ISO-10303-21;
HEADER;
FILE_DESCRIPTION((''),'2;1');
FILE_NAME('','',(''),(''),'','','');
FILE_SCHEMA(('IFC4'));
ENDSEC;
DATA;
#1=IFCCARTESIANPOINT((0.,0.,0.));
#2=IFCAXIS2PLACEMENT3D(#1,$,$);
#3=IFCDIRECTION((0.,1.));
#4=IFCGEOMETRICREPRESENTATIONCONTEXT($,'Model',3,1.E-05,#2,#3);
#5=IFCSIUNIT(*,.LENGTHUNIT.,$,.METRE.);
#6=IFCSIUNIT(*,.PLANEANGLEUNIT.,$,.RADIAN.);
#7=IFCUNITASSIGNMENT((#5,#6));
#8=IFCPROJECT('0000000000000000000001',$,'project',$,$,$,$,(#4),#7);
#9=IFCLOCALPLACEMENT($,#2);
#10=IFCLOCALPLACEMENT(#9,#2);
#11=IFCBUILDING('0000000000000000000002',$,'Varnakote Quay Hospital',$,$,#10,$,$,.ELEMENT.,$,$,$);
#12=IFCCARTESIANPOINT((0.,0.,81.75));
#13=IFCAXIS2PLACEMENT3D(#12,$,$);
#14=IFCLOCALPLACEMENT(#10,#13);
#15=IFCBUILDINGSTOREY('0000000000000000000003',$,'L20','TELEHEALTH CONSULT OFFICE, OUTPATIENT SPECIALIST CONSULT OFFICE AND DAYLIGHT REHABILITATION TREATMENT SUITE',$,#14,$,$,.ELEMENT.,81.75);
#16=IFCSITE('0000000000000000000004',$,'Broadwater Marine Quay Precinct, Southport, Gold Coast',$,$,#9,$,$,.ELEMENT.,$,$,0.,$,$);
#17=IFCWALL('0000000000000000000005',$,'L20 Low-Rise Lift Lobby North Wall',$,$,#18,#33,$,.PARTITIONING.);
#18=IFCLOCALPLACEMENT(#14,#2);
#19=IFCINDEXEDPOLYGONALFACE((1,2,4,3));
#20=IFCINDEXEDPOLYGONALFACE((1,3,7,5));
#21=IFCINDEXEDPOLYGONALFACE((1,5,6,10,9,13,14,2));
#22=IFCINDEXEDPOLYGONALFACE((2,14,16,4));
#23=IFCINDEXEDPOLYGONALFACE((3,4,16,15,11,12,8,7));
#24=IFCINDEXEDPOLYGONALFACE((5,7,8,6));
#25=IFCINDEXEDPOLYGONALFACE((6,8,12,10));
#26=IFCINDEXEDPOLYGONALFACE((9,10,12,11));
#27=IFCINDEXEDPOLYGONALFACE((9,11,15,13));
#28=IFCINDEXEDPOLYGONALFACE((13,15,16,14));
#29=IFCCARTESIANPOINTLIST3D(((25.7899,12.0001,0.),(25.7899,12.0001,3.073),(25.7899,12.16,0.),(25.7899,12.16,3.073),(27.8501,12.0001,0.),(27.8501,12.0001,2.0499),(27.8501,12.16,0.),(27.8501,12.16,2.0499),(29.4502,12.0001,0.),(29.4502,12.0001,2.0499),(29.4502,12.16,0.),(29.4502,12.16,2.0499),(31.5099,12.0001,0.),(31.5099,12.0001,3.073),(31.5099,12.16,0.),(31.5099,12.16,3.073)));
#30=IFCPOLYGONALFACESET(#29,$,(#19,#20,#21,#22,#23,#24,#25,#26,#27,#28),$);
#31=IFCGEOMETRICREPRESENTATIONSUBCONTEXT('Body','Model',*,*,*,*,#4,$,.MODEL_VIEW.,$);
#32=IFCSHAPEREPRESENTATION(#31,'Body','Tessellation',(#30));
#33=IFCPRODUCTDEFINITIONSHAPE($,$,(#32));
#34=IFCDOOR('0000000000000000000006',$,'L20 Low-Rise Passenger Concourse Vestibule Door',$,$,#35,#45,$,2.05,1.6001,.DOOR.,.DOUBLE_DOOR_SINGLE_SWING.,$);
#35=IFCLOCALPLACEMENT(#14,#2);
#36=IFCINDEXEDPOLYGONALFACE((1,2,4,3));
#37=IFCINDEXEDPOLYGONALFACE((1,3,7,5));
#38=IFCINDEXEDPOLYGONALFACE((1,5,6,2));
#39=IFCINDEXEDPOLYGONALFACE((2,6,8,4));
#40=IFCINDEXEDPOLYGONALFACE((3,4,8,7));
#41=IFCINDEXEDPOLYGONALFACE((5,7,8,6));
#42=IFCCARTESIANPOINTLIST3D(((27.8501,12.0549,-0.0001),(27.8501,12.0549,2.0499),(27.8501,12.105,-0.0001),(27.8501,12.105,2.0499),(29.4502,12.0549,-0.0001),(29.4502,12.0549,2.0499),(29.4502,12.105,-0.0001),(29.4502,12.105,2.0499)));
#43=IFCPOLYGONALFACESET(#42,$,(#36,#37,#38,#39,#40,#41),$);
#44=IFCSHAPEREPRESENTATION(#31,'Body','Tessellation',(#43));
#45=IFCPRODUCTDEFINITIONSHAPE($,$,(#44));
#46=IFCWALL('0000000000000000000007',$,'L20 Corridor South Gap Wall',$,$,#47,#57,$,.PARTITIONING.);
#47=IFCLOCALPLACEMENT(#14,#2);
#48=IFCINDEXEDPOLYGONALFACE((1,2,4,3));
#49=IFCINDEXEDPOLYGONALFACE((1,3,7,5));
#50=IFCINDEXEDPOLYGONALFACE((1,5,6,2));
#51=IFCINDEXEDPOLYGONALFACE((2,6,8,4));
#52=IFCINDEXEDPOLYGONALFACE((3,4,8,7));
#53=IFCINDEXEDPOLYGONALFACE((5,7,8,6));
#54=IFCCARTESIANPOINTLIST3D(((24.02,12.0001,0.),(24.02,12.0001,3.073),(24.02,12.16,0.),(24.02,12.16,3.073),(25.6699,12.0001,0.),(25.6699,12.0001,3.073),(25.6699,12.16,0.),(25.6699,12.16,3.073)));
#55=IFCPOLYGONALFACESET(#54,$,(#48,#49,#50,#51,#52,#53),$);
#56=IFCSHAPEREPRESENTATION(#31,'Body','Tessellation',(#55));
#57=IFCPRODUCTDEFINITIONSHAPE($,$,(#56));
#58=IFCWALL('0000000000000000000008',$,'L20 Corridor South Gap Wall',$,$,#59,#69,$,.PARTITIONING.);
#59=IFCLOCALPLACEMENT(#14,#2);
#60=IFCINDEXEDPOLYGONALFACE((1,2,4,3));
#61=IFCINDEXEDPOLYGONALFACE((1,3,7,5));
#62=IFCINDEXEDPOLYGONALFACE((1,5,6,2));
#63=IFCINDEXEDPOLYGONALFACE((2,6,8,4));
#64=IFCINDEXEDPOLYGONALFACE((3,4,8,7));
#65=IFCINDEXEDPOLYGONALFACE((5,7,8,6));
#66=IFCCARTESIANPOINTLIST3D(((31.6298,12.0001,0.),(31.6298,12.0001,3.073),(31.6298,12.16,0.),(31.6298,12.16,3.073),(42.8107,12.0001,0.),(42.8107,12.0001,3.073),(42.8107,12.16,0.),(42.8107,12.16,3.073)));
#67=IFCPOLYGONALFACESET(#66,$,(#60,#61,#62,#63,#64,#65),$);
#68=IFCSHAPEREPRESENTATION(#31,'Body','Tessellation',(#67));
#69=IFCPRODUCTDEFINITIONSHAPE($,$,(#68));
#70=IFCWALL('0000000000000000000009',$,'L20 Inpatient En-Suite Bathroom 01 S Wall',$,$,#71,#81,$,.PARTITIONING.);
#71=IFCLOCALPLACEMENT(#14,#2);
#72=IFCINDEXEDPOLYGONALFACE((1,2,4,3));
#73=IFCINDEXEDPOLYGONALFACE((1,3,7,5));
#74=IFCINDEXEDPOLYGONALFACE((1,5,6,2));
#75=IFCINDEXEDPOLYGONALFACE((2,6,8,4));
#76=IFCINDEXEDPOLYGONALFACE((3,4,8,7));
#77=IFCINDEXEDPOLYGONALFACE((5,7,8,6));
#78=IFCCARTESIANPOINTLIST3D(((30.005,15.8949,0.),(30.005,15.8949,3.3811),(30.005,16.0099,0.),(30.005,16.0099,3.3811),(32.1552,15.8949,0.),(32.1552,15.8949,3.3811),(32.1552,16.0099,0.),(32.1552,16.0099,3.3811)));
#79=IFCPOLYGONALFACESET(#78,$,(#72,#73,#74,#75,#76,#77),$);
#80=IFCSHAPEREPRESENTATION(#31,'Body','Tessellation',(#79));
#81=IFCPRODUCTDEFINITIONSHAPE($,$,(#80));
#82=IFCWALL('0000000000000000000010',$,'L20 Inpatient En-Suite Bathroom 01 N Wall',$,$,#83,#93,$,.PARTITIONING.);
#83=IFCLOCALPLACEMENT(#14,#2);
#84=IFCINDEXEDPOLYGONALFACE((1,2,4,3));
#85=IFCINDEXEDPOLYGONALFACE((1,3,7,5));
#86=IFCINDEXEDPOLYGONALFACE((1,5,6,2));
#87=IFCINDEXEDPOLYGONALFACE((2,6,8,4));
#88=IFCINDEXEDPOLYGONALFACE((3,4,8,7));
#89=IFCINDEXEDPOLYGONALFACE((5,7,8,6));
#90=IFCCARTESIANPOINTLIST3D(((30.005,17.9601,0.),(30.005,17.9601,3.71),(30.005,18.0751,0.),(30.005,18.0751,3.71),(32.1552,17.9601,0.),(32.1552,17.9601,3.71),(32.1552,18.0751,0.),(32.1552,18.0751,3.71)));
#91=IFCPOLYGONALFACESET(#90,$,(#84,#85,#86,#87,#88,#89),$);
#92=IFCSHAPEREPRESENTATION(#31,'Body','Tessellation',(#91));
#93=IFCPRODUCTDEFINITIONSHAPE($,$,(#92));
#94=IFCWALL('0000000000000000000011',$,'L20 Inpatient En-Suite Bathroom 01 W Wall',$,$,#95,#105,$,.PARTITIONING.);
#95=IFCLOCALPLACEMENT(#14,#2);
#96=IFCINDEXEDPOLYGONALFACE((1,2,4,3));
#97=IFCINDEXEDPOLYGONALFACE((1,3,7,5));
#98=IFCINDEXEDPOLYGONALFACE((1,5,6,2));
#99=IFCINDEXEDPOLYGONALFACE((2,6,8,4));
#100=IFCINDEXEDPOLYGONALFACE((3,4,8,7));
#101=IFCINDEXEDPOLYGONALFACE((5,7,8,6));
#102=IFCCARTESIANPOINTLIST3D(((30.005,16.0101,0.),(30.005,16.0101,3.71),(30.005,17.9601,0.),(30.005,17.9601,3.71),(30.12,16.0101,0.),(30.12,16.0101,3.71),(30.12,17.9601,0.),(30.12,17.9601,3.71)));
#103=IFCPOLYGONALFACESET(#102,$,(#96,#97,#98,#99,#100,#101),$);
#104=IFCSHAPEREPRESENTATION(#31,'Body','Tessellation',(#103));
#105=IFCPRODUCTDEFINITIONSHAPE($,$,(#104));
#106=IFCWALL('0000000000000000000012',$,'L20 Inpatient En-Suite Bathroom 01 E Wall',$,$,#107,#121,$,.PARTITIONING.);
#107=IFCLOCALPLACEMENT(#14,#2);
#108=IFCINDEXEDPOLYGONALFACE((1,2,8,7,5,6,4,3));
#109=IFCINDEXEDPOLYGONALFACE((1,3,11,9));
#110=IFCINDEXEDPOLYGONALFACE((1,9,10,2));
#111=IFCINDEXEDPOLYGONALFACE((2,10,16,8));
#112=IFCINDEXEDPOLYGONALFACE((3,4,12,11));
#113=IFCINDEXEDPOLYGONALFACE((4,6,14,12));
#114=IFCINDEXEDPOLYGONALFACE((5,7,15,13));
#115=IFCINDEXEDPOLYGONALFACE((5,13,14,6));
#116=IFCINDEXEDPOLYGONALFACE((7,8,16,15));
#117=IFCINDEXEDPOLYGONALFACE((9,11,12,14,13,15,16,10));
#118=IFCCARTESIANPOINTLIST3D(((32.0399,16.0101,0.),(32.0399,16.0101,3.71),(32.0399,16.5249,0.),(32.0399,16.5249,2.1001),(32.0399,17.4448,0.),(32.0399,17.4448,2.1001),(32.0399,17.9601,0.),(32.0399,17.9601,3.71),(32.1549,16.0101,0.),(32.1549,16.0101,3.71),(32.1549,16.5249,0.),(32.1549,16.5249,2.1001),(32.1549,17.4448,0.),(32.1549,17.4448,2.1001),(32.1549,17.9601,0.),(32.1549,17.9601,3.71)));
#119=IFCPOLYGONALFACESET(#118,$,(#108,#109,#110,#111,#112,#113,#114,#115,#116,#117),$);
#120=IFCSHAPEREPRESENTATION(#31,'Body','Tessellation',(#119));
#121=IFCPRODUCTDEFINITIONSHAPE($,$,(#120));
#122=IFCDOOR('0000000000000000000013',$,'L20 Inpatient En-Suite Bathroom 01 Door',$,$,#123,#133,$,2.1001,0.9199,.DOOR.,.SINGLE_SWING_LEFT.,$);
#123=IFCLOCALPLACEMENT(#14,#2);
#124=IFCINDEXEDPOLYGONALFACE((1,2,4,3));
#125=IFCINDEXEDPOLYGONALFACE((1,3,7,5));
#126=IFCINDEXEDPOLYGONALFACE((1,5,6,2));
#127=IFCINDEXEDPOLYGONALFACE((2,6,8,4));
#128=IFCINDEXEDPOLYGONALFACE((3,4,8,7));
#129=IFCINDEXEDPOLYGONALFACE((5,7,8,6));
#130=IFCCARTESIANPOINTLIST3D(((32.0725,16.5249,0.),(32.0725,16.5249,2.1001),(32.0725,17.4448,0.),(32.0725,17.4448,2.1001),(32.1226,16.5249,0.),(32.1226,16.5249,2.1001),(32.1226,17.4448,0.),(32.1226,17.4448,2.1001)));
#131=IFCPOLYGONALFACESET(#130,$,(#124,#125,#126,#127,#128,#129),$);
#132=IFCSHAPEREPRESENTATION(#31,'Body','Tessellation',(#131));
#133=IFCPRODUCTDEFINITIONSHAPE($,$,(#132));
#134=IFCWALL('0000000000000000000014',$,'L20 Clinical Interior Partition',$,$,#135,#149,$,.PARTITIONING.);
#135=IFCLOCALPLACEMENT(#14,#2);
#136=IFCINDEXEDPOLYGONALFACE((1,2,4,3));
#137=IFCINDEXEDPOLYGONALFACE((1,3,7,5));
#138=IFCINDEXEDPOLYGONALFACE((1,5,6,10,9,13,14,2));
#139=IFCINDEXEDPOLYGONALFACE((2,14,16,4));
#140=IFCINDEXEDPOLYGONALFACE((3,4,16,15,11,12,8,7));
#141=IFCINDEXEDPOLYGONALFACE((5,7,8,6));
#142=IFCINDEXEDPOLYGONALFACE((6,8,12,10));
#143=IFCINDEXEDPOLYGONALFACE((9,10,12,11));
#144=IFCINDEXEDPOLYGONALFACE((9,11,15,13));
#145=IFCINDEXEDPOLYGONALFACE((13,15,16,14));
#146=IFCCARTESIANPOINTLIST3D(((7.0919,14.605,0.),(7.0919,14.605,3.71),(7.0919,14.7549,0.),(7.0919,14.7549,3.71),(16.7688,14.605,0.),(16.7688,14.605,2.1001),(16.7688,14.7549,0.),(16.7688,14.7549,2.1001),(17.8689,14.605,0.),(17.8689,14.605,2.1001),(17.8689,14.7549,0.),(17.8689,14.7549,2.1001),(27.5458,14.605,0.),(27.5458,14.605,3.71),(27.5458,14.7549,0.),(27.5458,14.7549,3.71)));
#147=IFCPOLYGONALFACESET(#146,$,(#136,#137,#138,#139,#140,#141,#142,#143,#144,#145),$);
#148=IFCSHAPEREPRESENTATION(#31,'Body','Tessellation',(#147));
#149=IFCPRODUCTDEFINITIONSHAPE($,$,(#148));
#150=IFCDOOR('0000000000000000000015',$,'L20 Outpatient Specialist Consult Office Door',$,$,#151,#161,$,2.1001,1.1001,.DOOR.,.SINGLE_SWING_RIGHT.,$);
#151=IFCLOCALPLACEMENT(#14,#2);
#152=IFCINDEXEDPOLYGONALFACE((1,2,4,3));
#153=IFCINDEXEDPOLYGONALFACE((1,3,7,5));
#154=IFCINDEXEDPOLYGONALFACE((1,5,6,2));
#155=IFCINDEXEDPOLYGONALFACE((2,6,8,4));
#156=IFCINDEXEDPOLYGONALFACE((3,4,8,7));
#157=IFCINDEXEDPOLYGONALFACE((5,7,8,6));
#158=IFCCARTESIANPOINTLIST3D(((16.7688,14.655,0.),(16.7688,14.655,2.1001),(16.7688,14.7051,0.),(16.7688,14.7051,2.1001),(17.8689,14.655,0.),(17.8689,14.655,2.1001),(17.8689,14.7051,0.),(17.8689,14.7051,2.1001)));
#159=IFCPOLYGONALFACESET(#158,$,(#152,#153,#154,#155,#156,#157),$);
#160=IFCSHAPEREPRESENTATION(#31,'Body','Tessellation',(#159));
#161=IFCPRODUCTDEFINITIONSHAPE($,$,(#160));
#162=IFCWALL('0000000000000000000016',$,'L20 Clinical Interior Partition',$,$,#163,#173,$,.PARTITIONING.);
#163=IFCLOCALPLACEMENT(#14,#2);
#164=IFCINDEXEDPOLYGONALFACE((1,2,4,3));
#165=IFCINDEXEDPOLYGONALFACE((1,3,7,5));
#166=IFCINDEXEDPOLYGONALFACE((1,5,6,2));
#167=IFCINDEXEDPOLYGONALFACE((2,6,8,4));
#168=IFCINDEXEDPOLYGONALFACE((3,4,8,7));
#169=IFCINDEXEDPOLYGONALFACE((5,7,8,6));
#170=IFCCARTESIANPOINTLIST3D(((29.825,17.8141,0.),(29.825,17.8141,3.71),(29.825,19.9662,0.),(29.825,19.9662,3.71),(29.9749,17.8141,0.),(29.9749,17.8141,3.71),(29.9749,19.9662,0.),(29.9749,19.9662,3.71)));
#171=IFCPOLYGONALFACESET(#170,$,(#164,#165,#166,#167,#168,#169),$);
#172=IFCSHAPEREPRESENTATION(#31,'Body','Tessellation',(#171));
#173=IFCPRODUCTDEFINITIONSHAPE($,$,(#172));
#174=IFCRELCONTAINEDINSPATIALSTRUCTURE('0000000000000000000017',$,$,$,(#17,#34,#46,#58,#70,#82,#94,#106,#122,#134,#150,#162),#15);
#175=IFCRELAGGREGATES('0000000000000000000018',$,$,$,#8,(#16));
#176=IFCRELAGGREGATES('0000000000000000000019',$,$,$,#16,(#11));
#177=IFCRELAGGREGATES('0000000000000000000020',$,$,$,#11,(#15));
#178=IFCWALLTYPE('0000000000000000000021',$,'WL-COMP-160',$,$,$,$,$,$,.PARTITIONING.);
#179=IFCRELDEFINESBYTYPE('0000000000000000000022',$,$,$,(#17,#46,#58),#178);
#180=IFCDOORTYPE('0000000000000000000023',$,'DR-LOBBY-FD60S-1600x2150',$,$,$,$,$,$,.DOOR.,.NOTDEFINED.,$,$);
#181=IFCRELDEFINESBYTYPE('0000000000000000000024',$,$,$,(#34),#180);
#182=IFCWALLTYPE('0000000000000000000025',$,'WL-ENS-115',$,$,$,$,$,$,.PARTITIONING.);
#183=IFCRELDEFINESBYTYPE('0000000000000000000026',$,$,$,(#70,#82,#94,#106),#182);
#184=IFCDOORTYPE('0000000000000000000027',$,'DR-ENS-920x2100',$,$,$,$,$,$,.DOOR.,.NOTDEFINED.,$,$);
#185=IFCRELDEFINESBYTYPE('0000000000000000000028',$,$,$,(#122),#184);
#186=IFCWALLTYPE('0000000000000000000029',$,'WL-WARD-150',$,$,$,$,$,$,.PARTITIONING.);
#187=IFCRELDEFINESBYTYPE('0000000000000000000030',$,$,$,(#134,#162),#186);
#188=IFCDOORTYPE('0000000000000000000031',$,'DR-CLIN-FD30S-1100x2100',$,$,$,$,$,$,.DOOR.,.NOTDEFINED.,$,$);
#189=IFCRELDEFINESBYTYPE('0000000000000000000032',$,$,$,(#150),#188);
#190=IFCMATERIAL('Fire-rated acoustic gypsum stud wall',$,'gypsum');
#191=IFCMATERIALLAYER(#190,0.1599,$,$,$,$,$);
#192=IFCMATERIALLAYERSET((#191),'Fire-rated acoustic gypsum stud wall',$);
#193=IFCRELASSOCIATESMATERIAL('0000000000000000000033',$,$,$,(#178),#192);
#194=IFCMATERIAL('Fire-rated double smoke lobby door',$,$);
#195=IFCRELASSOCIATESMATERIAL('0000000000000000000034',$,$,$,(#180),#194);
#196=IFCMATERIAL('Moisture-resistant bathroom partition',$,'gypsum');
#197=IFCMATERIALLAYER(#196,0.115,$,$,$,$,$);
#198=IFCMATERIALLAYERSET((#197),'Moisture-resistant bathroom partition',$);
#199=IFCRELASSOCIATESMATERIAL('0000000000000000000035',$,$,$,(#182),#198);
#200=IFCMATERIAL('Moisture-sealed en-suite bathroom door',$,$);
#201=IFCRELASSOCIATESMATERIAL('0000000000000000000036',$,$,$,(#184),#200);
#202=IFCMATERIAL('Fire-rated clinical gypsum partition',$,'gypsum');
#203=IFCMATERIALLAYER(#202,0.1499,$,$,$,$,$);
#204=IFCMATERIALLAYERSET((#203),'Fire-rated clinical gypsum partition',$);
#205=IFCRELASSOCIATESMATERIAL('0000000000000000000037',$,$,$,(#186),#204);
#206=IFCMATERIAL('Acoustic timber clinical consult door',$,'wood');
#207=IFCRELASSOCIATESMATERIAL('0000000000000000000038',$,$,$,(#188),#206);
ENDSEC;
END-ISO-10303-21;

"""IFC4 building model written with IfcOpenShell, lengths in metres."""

from ifc_helpers import new_model, si_unit, direction, frame, frame_2d, origin, place, context, subcontext, project, spatial, rectangle, extrude, material, layer, layer_set, type_object, element, fill, save


model = new_model("IFC4")

# Units and contexts
model_context = context("Model", 3, precision=1e-05, world=origin(), true_north=direction((0.0, 1.0)))
body_context = subcontext(model_context, "Body", "Model", "MODEL_VIEW")
ifc_project = project(units=[si_unit("LENGTHUNIT", "METRE"), si_unit("PLANEANGLEUNIT", "RADIAN")], contexts=[model_context])

# Site, building, storey
site_placement = place(None, origin())
site = spatial("IfcSite", under=ifc_project, at=site_placement, Name="Broadwater Marine Quay Precinct, Southport, Gold Coast", CompositionType="ELEMENT", RefElevation=0.0)
building_placement = place(site_placement, origin())
building = spatial("IfcBuilding", under=site, at=building_placement, Name="Varnakote Quay Hospital", CompositionType="ELEMENT")
storey_placement = place(building_placement, frame((0.0, 0.0, 81.75)))
storey = spatial("IfcBuildingStorey", under=building, at=storey_placement, Name="L20", Description="TELEHEALTH CONSULT OFFICE, OUTPATIENT SPECIALIST CONSULT OFFICE AND DAYLIGHT REHABILITATION TREATMENT SUITE", CompositionType="ELEMENT", Elevation=81.75)

# Wall, opening, door
ifc_material_1 = material(Name="Fire-rated acoustic gypsum stud wall", Category="gypsum")
ifc_layer_1 = layer(ifc_material_1, 0.1599)
ifc_layer_set_1 = layer_set([ifc_layer_1], Name="Fire-rated acoustic gypsum stud wall")
wall_type_1 = type_object("IfcWallType", Name="WL-COMP-160", PredefinedType="PARTITIONING", material=ifc_layer_set_1)
ifc_material_2 = material(Name="Fire-rated double smoke lobby door")
door_type_1 = type_object("IfcDoorType", Name="DR-LOBBY-FD60S-1600x2150", OperationType="NOTDEFINED", PredefinedType="DOOR", material=ifc_material_2)
wall_1_placement = place(storey_placement, frame((25.79, 12.0801, 0.0), z_axis=(0.0, 0.0, 1.0), x_axis=(1.0, 0.0, 0.0)))
wall_1 = element("IfcWall", 1, at=wall_1_placement, inside=storey, type_object=wall_type_1, Name="L20 Low-Rise Lift Lobby North Wall", PredefinedType="PARTITIONING", context=body_context, shape_type="SweptSolid", body=[
    extrude(rectangle(XDim=5.72, YDim=0.1599, at=frame_2d((2.8599, 0.0))), origin(), (0.0, 0.0, 1.0), 3.073),
])
opening_1_placement = place(wall_1_placement, frame((2.0601, 0.0, 0.0)))
opening_1 = element("IfcOpeningElement", 2, at=opening_1_placement, cuts=wall_1, PredefinedType="OPENING", context=body_context, shape_type="SweptSolid", body=[
    extrude(rectangle(XDim=1.6001, YDim=2.05, at=frame_2d((0.8, 1.0249))), frame((0.0, 0.0898, 0.0), z_axis=(0.0, -1.0, 0.0), x_axis=(1.0, 0.0, 0.0)), (0.0, 0.0, 1.0), 0.1799),
])
door_1_placement = place(opening_1_placement, origin())
door_1 = element("IfcDoor", 3, at=door_1_placement, inside=storey, type_object=door_type_1, Name="L20 Low-Rise Passenger Concourse Vestibule Door", OperationType="DOUBLE_DOOR_SINGLE_SWING", OverallHeight=2.05, OverallWidth=1.6001, PredefinedType="DOOR", context=body_context, shape_type="SweptSolid", body=[
    extrude(rectangle(XDim=1.6001, YDim=2.05, at=frame_2d((0.8, 1.0249))), frame((0.0, 0.0249, 0.0), z_axis=(0.0, -1.0, 0.0), x_axis=(1.0, 0.0, 0.0)), (0.0, 0.0, 1.0), 0.05),
])
fill(opening_1, door_1)

# Walls
wall_2_placement = place(storey_placement, frame((24.02, 12.0801, 0.0), z_axis=(0.0, 0.0, 1.0), x_axis=(1.0, 0.0, 0.0)))
element("IfcWall", 4, at=wall_2_placement, inside=storey, type_object=wall_type_1, Name="L20 Corridor South Gap Wall", PredefinedType="PARTITIONING", context=body_context, shape_type="SweptSolid", body=[
    extrude(rectangle(XDim=1.6499, YDim=0.1599, at=frame_2d((0.825, 0.0))), origin(), (0.0, 0.0, 1.0), 3.073),
])
wall_3_placement = place(storey_placement, frame((31.6299, 12.0801, 0.0), z_axis=(0.0, 0.0, 1.0), x_axis=(1.0, 0.0, 0.0)))
element("IfcWall", 5, at=wall_3_placement, inside=storey, type_object=wall_type_1, Name="L20 Corridor South Gap Wall", PredefinedType="PARTITIONING", context=body_context, shape_type="SweptSolid", body=[
    extrude(rectangle(XDim=11.1809, YDim=0.1599, at=frame_2d((5.5903, 0.0))), origin(), (0.0, 0.0, 1.0), 3.073),
])
ifc_material_3 = material(Name="Moisture-resistant bathroom partition", Category="gypsum")
ifc_layer_2 = layer(ifc_material_3, 0.115)
ifc_layer_set_2 = layer_set([ifc_layer_2], Name="Moisture-resistant bathroom partition")
wall_type_2 = type_object("IfcWallType", Name="WL-ENS-115", PredefinedType="PARTITIONING", material=ifc_layer_set_2)
wall_4_placement = place(storey_placement, frame((30.0049, 15.9524, 0.0), z_axis=(0.0, 0.0, 1.0), x_axis=(1.0, 0.0, 0.0)))
element("IfcWall", 6, at=wall_4_placement, inside=storey, type_object=wall_type_2, Name="L20 Inpatient En-Suite Bathroom 01 S Wall", PredefinedType="PARTITIONING", context=body_context, shape_type="SweptSolid", body=[
    extrude(rectangle(XDim=2.1501, YDim=0.115, at=frame_2d((1.0752, 0.0))), origin(), (0.0, 0.0, 1.0), 3.3811),
])
wall_5_placement = place(storey_placement, frame((30.0049, 18.0176, 0.0), z_axis=(0.0, 0.0, 1.0), x_axis=(1.0, 0.0, 0.0)))
element("IfcWall", 7, at=wall_5_placement, inside=storey, type_object=wall_type_2, Name="L20 Inpatient En-Suite Bathroom 01 N Wall", PredefinedType="PARTITIONING", context=body_context, shape_type="SweptSolid", body=[
    extrude(rectangle(XDim=2.1501, YDim=0.115, at=frame_2d((1.0752, 0.0))), origin(), (0.0, 0.0, 1.0), 3.71),
])
wall_6_placement = place(storey_placement, frame((30.0625, 16.01, 0.0), z_axis=(0.0, 0.0, 1.0), x_axis=(0.0, 1.0, 0.0)))
element("IfcWall", 8, at=wall_6_placement, inside=storey, type_object=wall_type_2, Name="L20 Inpatient En-Suite Bathroom 01 W Wall", PredefinedType="PARTITIONING", context=body_context, shape_type="SweptSolid", body=[
    extrude(rectangle(XDim=1.95, YDim=0.115, at=frame_2d((0.9751, 0.0))), origin(), (0.0, 0.0, 1.0), 3.71),
])

# Walls, openings, doors
wall_7_placement = place(storey_placement, frame((32.0974, 16.01, 0.0), z_axis=(0.0, 0.0, 1.0), x_axis=(0.0, 1.0, 0.0)))
wall_7 = element("IfcWall", 9, at=wall_7_placement, inside=storey, type_object=wall_type_2, Name="L20 Inpatient En-Suite Bathroom 01 E Wall", PredefinedType="PARTITIONING", context=body_context, shape_type="SweptSolid", body=[
    extrude(rectangle(XDim=1.95, YDim=0.115, at=frame_2d((0.9751, 0.0))), origin(), (0.0, 0.0, 1.0), 3.71),
])
opening_2_placement = place(wall_7_placement, frame((0.5149, 0.0, 0.0)))
opening_2 = element("IfcOpeningElement", 10, at=opening_2_placement, cuts=wall_7, PredefinedType="OPENING", context=body_context, shape_type="SweptSolid", body=[
    extrude(rectangle(XDim=0.9199, YDim=2.1001, at=frame_2d((0.46, 1.05))), frame((0.0, 0.0674, 0.0), z_axis=(0.0, -1.0, 0.0), x_axis=(1.0, 0.0, 0.0)), (0.0, 0.0, 1.0), 0.135),
])
ifc_material_4 = material(Name="Moisture-sealed en-suite bathroom door")
door_type_2 = type_object("IfcDoorType", Name="DR-ENS-920x2100", OperationType="NOTDEFINED", PredefinedType="DOOR", material=ifc_material_4)
door_2_placement = place(opening_2_placement, origin())
door_2 = element("IfcDoor", 11, at=door_2_placement, inside=storey, type_object=door_type_2, Name="L20 Inpatient En-Suite Bathroom 01 Door", OperationType="SINGLE_SWING_LEFT", OverallHeight=2.1001, OverallWidth=0.9199, PredefinedType="DOOR", context=body_context, shape_type="SweptSolid", body=[
    extrude(rectangle(XDim=0.9199, YDim=2.1001, at=frame_2d((0.46, 1.05))), frame((0.0, 0.0249, 0.0), z_axis=(0.0, -1.0, 0.0), x_axis=(1.0, 0.0, 0.0)), (0.0, 0.0, 1.0), 0.05),
])
fill(opening_2, door_2)
ifc_material_5 = material(Name="Fire-rated clinical gypsum partition", Category="gypsum")
ifc_layer_3 = layer(ifc_material_5, 0.1499)
ifc_layer_set_3 = layer_set([ifc_layer_3], Name="Fire-rated clinical gypsum partition")
wall_type_3 = type_object("IfcWallType", Name="WL-WARD-150", PredefinedType="PARTITIONING", material=ifc_layer_set_3)
wall_8_placement = place(storey_placement, frame((27.5459, 14.6799, 0.0), z_axis=(0.0, 0.0, 1.0), x_axis=(-1.0, 0.0, 0.0)))
wall_8 = element("IfcWall", 12, at=wall_8_placement, inside=storey, type_object=wall_type_3, Name="L20 Clinical Interior Partition", PredefinedType="PARTITIONING", context=body_context, shape_type="SweptSolid", body=[
    extrude(rectangle(XDim=20.4539, YDim=0.1499, at=frame_2d((10.2271, 0.0))), origin(), (0.0, 0.0, 1.0), 3.71),
])
opening_3_placement = place(wall_8_placement, frame((9.677, 0.0, 0.0)))
opening_3 = element("IfcOpeningElement", 13, at=opening_3_placement, cuts=wall_8, PredefinedType="OPENING", context=body_context, shape_type="SweptSolid", body=[
    extrude(rectangle(XDim=1.1001, YDim=2.1001, at=frame_2d((0.55, 1.05))), frame((0.0, 0.085, 0.0), z_axis=(0.0, -1.0, 0.0), x_axis=(1.0, 0.0, 0.0)), (0.0, 0.0, 1.0), 0.1699),
])
ifc_material_6 = material(Name="Acoustic timber clinical consult door", Category="wood")
door_type_3 = type_object("IfcDoorType", Name="DR-CLIN-FD30S-1100x2100", OperationType="NOTDEFINED", PredefinedType="DOOR", material=ifc_material_6)
door_3_placement = place(opening_3_placement, origin())
door_3 = element("IfcDoor", 14, at=door_3_placement, inside=storey, type_object=door_type_3, Name="L20 Outpatient Specialist Consult Office Door", OperationType="SINGLE_SWING_RIGHT", OverallHeight=2.1001, OverallWidth=1.1001, PredefinedType="DOOR", context=body_context, shape_type="SweptSolid", body=[
    extrude(rectangle(XDim=1.1001, YDim=2.1001, at=frame_2d((0.55, 1.05))), frame((0.0, 0.0249, 0.0), z_axis=(0.0, -1.0, 0.0), x_axis=(1.0, 0.0, 0.0)), (0.0, 0.0, 1.0), 0.05),
])
fill(opening_3, door_3)

# Wall
wall_9_placement = place(storey_placement, frame((29.8999, 17.814, 0.0), z_axis=(0.0, 0.0, 1.0), x_axis=(0.0, 1.0, 0.0)))
element("IfcWall", 15, at=wall_9_placement, inside=storey, type_object=wall_type_3, Name="L20 Clinical Interior Partition", PredefinedType="PARTITIONING", context=body_context, shape_type="SweptSolid", body=[
    extrude(rectangle(XDim=2.1521, YDim=0.1499, at=frame_2d((1.0762, 0.0))), origin(), (0.0, 0.0, 1.0), 3.71),
])

save(model, "model.ifc")
